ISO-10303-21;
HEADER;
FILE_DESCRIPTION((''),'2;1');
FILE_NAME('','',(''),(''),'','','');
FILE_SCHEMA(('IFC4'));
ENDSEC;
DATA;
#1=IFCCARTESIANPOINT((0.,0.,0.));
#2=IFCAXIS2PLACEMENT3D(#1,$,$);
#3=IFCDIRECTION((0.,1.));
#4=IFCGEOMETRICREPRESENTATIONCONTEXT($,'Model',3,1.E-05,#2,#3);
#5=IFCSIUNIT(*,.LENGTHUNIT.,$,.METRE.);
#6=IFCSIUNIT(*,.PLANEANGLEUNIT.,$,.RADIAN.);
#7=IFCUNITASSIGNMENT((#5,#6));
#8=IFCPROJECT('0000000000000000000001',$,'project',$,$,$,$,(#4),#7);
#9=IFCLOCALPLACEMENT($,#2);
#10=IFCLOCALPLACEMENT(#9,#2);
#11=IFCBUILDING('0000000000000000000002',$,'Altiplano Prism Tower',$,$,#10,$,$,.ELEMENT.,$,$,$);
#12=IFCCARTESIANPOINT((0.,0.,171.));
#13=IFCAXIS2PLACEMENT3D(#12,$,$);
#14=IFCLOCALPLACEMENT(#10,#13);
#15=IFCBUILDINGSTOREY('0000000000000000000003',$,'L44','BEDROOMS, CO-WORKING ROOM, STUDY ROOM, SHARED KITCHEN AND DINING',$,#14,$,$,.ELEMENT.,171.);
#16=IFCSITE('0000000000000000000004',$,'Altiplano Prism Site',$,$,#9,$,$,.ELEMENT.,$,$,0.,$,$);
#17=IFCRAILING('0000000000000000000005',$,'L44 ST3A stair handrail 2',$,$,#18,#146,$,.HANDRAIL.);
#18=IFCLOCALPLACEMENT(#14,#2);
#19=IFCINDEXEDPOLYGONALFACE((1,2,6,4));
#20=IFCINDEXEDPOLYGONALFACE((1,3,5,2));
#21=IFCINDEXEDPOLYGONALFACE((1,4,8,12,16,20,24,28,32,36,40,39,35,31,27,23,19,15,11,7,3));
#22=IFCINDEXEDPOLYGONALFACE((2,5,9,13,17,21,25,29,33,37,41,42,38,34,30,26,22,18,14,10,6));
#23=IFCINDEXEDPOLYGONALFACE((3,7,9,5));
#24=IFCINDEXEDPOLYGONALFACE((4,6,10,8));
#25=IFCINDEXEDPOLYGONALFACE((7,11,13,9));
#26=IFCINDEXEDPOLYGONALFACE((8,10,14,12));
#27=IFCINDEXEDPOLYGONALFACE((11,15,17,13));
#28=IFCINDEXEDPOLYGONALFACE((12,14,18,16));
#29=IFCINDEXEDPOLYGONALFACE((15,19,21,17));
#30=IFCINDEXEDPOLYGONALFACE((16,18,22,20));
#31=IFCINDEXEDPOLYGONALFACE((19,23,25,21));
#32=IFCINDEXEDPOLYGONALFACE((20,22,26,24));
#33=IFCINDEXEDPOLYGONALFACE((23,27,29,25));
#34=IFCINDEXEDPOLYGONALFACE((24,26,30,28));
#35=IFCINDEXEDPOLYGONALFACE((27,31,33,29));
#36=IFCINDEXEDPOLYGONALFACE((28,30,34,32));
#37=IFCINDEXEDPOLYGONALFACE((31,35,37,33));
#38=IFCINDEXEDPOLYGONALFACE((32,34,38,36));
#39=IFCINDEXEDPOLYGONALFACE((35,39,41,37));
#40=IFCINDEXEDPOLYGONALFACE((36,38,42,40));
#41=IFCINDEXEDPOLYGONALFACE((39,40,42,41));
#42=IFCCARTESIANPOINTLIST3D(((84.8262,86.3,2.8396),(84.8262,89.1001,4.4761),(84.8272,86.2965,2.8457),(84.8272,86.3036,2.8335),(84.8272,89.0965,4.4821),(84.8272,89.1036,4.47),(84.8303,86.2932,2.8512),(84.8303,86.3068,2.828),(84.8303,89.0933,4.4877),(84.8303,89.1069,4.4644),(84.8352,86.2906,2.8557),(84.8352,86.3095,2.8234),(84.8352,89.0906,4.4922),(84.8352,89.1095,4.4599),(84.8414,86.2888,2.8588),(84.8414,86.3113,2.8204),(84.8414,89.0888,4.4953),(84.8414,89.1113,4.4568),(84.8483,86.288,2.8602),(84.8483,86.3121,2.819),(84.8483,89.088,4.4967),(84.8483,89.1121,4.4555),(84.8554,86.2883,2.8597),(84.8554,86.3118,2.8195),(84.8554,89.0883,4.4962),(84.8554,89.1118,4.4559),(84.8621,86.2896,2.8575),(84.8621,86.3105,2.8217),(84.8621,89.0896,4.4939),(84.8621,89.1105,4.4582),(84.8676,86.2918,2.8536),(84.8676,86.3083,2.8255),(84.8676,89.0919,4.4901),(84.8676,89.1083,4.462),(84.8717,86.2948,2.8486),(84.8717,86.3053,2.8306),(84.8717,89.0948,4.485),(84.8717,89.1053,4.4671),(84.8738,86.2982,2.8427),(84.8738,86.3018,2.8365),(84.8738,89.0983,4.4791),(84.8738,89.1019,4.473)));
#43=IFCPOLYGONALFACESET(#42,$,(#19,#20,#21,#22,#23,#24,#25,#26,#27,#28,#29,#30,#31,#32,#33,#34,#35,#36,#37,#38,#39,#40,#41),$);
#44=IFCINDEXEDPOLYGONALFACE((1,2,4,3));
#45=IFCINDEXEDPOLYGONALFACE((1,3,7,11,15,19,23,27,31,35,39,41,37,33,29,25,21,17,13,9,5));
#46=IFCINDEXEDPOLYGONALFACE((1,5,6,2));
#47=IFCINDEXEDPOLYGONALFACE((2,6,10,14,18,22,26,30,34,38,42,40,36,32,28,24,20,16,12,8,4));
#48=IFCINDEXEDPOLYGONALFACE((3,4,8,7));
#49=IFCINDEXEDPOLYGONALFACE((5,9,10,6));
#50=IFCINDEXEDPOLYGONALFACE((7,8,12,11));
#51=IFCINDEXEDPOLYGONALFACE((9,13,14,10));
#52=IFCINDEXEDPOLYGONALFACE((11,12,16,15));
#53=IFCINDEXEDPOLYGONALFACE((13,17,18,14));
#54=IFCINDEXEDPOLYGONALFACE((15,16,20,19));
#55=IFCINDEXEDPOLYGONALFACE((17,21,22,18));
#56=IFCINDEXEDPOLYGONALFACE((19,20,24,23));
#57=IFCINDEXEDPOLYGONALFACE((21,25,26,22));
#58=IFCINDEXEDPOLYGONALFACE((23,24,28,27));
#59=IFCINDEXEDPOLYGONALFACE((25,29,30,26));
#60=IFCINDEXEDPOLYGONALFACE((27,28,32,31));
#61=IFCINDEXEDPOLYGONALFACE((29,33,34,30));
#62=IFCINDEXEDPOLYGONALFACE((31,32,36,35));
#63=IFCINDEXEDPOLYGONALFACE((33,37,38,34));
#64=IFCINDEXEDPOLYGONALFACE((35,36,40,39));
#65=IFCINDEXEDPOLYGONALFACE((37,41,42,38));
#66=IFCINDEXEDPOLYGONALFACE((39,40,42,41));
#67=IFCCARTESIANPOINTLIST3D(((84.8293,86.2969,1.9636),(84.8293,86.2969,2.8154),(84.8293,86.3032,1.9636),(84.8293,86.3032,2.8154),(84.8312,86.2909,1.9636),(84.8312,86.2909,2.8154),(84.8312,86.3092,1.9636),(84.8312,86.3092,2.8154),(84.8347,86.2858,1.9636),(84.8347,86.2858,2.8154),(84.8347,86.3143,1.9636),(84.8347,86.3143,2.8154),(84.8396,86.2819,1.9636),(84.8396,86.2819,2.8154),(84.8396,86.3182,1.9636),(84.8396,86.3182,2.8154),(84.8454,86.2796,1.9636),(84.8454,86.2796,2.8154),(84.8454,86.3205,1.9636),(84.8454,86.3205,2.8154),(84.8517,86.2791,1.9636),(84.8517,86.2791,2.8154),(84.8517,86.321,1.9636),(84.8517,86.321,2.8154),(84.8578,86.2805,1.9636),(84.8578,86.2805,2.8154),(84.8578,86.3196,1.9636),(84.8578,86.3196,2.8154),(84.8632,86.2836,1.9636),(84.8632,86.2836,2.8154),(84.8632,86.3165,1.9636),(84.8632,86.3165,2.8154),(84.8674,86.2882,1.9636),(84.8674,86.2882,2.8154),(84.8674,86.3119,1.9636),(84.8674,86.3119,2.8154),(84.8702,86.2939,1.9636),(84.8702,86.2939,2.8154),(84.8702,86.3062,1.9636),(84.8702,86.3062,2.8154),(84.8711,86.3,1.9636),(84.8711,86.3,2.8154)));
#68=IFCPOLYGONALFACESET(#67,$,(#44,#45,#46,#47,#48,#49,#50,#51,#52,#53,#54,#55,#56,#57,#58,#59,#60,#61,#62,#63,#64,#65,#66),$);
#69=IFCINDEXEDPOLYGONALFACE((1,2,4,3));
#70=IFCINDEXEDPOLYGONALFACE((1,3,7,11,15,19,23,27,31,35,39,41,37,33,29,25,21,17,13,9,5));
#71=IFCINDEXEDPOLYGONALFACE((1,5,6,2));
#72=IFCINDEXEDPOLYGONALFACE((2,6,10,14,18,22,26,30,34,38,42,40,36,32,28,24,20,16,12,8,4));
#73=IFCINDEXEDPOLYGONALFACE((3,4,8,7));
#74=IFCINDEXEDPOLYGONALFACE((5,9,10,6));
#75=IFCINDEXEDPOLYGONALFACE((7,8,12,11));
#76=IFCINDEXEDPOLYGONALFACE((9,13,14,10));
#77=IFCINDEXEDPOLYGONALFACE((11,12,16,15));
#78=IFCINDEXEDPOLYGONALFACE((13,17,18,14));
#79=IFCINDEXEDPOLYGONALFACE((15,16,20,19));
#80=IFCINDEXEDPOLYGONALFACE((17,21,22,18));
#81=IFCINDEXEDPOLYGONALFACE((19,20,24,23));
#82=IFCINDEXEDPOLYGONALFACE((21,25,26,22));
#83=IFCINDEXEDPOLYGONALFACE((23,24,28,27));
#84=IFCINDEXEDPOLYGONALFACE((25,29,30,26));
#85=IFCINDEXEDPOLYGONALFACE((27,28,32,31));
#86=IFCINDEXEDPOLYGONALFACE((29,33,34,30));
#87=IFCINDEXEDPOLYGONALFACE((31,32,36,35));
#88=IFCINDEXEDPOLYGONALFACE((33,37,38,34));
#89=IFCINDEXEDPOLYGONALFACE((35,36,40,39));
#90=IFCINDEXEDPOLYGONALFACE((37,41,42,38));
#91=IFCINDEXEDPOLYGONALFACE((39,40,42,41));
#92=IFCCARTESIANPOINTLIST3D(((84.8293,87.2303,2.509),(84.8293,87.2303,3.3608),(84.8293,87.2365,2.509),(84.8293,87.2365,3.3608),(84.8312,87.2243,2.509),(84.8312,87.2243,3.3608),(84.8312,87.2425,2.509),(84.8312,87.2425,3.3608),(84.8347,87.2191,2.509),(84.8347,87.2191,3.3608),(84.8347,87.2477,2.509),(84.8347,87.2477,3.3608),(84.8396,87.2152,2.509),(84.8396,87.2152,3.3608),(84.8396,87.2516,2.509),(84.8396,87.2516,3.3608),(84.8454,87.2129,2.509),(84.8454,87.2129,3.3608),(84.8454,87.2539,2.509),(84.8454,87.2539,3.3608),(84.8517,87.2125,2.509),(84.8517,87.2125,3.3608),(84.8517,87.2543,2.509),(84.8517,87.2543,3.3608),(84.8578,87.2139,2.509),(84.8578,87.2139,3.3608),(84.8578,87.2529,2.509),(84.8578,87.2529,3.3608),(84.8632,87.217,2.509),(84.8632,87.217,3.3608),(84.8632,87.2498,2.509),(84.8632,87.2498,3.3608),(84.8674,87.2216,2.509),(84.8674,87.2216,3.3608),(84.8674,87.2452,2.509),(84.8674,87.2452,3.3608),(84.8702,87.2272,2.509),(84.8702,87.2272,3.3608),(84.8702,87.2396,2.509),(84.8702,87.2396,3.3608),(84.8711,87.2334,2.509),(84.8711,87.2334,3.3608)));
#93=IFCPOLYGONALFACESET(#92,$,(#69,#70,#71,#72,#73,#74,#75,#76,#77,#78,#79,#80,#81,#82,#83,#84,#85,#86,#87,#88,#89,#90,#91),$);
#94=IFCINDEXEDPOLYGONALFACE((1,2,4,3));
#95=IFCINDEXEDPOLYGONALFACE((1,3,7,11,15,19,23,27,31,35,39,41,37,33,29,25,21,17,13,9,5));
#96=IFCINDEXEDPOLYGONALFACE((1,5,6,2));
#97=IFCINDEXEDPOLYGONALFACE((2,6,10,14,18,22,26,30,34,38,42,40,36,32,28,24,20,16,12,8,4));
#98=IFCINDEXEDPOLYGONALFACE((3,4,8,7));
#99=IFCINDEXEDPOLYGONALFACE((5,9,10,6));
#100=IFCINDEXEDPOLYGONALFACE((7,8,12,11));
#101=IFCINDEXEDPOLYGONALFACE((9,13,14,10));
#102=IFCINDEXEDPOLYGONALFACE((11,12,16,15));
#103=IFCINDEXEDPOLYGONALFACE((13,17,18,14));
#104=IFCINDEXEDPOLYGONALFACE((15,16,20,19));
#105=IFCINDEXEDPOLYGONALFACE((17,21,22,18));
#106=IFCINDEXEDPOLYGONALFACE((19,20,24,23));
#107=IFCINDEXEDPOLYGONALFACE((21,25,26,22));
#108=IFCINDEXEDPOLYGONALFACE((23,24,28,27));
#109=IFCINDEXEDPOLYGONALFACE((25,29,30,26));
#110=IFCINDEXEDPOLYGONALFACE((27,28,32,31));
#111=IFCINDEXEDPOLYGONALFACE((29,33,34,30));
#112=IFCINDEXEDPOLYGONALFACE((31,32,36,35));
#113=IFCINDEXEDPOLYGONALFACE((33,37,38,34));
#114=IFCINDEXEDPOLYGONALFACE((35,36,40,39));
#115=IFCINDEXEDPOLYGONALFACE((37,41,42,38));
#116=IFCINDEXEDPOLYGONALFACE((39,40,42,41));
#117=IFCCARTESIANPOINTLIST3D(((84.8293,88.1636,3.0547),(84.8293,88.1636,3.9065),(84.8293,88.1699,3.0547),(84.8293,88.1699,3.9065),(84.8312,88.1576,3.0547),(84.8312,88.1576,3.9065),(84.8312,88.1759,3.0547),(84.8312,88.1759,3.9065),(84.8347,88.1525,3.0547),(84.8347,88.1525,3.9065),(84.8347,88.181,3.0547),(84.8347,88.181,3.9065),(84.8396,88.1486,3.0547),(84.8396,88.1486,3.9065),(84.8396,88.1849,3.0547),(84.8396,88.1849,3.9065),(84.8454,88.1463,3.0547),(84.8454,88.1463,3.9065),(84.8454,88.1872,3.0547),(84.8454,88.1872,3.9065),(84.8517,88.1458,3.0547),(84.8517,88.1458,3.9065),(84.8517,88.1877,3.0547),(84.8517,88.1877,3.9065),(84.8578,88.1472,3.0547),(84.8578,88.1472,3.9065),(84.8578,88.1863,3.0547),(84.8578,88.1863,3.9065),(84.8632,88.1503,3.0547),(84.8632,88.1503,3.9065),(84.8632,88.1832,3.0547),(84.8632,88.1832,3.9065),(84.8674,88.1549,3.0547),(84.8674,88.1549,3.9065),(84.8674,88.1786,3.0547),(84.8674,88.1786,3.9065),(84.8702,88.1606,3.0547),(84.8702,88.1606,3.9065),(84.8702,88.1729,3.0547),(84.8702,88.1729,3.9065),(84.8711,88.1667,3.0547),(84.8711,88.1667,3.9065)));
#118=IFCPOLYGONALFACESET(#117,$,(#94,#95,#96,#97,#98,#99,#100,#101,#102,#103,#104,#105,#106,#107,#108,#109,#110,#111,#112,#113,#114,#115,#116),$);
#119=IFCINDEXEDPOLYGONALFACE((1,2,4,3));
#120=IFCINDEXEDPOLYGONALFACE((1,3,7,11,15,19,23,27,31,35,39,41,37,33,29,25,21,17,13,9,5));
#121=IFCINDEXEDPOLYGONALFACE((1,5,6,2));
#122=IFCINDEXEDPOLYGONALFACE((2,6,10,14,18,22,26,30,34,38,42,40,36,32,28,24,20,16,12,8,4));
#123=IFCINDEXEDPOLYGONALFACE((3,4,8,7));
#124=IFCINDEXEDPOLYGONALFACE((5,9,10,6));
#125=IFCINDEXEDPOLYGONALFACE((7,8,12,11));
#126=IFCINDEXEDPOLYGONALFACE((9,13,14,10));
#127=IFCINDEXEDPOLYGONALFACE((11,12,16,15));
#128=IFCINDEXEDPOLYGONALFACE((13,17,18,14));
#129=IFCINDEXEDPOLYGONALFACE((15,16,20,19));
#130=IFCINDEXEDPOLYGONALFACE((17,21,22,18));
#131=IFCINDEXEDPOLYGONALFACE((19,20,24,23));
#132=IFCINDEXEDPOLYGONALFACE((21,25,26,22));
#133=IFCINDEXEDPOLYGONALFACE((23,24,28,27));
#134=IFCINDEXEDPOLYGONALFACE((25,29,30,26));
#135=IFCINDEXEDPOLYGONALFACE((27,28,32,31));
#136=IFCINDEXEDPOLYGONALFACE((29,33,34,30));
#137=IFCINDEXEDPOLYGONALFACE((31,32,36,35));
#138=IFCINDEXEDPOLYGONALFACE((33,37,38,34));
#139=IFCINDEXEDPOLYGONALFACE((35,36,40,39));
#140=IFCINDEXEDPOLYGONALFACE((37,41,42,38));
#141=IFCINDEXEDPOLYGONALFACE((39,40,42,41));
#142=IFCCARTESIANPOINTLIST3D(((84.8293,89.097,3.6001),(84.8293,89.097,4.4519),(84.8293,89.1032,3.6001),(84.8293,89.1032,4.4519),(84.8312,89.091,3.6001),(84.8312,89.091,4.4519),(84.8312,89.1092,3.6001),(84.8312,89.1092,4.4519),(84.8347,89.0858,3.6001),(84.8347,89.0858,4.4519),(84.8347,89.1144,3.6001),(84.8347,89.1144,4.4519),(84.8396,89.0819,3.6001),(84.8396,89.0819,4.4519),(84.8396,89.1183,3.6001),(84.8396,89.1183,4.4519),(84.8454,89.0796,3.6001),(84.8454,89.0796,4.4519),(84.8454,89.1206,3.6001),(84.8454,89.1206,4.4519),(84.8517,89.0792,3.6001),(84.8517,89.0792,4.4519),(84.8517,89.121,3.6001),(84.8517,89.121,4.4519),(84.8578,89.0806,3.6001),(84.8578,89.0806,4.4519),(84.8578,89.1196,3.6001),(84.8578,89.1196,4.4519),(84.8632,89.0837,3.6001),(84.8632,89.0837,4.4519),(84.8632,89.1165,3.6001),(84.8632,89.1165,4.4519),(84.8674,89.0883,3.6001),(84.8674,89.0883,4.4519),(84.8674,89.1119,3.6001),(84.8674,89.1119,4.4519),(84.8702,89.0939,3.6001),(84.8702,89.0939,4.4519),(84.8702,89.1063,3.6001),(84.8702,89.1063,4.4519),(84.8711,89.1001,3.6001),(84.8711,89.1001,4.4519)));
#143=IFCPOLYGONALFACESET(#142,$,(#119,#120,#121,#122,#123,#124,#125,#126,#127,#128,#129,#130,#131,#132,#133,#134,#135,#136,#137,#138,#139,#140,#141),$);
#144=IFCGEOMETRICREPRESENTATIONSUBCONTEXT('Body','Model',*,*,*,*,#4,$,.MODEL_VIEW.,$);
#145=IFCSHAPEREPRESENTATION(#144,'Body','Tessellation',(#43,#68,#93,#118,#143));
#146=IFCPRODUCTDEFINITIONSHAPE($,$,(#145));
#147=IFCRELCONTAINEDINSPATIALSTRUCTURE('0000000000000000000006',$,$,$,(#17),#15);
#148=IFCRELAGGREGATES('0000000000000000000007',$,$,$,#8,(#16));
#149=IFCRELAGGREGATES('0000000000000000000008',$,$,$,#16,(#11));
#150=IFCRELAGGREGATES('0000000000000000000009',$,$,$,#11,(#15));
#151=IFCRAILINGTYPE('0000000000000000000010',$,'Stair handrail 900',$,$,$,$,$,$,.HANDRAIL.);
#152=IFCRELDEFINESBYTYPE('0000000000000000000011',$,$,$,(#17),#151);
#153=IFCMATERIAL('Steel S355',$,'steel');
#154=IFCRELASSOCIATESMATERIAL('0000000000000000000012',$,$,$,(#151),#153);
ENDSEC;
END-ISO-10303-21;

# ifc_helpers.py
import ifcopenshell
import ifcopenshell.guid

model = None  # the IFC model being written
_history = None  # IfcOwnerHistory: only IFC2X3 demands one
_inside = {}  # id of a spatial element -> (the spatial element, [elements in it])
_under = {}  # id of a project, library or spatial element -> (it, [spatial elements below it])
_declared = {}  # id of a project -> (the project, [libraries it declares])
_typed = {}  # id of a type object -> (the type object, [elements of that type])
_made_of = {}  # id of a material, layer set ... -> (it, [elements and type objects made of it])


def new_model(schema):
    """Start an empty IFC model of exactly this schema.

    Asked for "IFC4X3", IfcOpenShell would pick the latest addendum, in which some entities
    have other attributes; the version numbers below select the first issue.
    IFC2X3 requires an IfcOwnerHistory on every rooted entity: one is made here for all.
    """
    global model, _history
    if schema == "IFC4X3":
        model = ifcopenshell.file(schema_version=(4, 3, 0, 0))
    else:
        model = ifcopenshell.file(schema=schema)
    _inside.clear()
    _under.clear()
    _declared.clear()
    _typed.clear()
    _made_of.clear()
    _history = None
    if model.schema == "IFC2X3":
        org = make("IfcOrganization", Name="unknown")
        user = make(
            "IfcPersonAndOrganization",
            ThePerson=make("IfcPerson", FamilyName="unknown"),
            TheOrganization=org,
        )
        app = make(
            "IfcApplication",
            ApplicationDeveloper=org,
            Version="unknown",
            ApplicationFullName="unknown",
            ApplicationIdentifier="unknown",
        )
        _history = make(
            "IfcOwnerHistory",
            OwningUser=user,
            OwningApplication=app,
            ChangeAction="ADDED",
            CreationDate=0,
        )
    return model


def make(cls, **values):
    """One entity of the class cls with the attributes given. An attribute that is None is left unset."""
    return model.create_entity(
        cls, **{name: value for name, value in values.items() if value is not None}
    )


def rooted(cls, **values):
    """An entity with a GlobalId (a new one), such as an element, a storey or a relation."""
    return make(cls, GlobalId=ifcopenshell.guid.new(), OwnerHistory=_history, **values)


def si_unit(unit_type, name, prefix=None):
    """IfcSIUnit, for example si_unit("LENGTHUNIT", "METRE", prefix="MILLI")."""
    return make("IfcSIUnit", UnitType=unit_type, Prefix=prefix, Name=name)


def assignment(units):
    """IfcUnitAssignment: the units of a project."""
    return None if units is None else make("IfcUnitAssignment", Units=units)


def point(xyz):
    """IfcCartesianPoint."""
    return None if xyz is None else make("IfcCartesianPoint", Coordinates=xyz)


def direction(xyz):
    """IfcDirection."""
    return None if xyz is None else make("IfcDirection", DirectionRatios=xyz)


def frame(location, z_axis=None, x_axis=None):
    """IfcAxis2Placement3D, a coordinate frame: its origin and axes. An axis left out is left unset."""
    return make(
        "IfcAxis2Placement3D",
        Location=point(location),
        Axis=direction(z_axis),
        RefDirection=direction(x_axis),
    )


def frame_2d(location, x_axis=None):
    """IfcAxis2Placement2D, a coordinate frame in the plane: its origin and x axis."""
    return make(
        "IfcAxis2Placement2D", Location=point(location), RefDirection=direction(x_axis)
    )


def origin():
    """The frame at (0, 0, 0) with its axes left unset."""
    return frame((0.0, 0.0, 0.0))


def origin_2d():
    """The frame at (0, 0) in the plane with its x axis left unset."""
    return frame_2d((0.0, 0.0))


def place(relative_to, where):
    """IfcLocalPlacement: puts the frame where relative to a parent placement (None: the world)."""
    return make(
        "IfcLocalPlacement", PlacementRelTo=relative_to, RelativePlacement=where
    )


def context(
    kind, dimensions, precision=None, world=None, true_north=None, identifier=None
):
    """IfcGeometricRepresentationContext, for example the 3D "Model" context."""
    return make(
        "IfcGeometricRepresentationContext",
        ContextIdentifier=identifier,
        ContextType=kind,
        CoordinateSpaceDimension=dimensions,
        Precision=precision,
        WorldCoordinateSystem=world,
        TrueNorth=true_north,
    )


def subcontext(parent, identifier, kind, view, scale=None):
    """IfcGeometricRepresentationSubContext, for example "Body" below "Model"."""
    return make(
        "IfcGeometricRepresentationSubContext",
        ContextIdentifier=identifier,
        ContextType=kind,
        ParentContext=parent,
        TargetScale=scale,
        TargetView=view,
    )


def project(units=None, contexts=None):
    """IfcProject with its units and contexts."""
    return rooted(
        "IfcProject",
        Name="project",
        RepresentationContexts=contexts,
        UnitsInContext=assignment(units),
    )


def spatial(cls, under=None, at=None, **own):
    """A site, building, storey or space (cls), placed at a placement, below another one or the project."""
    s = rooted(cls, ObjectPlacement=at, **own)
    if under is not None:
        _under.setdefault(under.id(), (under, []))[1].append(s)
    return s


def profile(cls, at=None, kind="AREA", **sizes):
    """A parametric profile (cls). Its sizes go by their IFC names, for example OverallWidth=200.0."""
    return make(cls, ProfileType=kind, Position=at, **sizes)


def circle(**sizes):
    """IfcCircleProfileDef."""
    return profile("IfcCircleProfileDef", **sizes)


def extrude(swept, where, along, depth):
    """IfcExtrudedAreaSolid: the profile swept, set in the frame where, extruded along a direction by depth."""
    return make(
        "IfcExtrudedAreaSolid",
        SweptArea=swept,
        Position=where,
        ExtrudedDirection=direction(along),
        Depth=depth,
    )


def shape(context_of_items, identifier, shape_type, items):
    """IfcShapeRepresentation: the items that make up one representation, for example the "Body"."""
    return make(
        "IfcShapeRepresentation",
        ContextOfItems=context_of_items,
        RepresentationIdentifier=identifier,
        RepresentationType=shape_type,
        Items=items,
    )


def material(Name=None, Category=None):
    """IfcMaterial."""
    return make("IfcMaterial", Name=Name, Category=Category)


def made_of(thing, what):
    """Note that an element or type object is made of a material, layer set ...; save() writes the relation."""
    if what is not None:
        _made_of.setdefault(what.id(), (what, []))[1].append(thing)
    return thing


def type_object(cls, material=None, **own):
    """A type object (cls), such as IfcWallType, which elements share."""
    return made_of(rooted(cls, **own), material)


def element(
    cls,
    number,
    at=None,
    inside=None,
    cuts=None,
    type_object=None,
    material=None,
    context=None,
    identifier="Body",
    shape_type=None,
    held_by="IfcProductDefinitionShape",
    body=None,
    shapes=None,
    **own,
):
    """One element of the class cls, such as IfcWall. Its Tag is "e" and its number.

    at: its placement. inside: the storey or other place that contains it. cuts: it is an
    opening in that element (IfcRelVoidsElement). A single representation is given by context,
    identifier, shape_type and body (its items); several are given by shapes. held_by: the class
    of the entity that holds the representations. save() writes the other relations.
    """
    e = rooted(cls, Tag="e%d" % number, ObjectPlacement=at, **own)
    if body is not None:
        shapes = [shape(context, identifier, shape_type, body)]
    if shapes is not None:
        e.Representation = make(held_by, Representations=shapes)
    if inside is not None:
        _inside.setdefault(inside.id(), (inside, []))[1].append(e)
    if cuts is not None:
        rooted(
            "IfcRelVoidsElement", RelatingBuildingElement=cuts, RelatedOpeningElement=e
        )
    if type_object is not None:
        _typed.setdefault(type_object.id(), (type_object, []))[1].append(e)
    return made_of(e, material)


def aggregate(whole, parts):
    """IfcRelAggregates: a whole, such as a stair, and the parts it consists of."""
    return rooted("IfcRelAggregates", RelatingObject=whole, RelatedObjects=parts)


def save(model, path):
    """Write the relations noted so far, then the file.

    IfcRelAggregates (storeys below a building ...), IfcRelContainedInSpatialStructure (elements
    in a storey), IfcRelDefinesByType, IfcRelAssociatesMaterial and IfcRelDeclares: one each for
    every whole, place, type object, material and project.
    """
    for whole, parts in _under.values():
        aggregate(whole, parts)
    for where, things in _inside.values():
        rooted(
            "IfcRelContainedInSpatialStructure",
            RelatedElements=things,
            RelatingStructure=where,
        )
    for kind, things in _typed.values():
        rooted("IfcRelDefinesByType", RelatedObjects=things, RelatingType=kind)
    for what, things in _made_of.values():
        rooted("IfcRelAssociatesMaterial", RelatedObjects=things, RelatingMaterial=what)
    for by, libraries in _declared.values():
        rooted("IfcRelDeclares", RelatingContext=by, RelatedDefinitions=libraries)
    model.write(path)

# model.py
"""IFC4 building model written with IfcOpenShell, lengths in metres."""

from ifc_helpers import new_model, si_unit, direction, frame, origin, origin_2d, place, context, subcontext, project, spatial, circle, extrude, material, type_object, element, save


model = new_model("IFC4")

# Units and contexts
model_context = context("Model", 3, precision=1e-05, world=origin(), true_north=direction((0.0, 1.0)))
body_context = subcontext(model_context, "Body", "Model", "MODEL_VIEW")
ifc_project = project(units=[si_unit("LENGTHUNIT", "METRE"), si_unit("PLANEANGLEUNIT", "RADIAN")], contexts=[model_context])

# Site, building, storey
site_placement = place(None, origin())
site = spatial("IfcSite", under=ifc_project, at=site_placement, Name="Altiplano Prism Site", CompositionType="ELEMENT", RefElevation=0.0)
building_placement = place(site_placement, origin())
building = spatial("IfcBuilding", under=site, at=building_placement, Name="Altiplano Prism Tower", CompositionType="ELEMENT")
storey_placement = place(building_placement, frame((0.0, 0.0, 171.0)))
storey = spatial("IfcBuildingStorey", under=building, at=storey_placement, Name="L44", Description="BEDROOMS, CO-WORKING ROOM, STUDY ROOM, SHARED KITCHEN AND DINING", CompositionType="ELEMENT", Elevation=171.0)

# Railing
ifc_material_1 = material(Name="Steel S355", Category="steel")
railing_type = type_object("IfcRailingType", Name="Stair handrail 900", PredefinedType="HANDRAIL", material=ifc_material_1)
for number, where, name in (
    (1, (84.8501, 86.3, 1.9636), "L44 ST3A stair handrail 2"),
):
    element("IfcRailing", number, at=place(storey_placement, frame(where)), inside=storey, type_object=railing_type, Name=name, PredefinedType="HANDRAIL", context=body_context, shape_type="SweptSolid", body=[
        extrude(circle(Radius=0.0239, at=origin_2d()), frame((0.0, 0.0, 0.876), z_axis=(0.0, 0.863361, 0.504587), x_axis=(-1.0, 0.0, 0.0)), (0.0, 0.0, 1.0), 3.2432),
        extrude(circle(Radius=0.021, at=origin_2d()), origin(), (0.0, 0.0, 1.0), 0.8518),
        extrude(circle(Radius=0.021, at=origin_2d()), frame((0.0, 0.9333, 0.5454)), (0.0, 0.0, 1.0), 0.8518),
        extrude(circle(Radius=0.021, at=origin_2d()), frame((0.0, 1.8667, 1.0911)), (0.0, 0.0, 1.0), 0.8518),
        extrude(circle(Radius=0.021, at=origin_2d()), frame((0.0, 2.8, 1.6365)), (0.0, 0.0, 1.0), 0.8518),
    ])

save(model, "model.ifc")
